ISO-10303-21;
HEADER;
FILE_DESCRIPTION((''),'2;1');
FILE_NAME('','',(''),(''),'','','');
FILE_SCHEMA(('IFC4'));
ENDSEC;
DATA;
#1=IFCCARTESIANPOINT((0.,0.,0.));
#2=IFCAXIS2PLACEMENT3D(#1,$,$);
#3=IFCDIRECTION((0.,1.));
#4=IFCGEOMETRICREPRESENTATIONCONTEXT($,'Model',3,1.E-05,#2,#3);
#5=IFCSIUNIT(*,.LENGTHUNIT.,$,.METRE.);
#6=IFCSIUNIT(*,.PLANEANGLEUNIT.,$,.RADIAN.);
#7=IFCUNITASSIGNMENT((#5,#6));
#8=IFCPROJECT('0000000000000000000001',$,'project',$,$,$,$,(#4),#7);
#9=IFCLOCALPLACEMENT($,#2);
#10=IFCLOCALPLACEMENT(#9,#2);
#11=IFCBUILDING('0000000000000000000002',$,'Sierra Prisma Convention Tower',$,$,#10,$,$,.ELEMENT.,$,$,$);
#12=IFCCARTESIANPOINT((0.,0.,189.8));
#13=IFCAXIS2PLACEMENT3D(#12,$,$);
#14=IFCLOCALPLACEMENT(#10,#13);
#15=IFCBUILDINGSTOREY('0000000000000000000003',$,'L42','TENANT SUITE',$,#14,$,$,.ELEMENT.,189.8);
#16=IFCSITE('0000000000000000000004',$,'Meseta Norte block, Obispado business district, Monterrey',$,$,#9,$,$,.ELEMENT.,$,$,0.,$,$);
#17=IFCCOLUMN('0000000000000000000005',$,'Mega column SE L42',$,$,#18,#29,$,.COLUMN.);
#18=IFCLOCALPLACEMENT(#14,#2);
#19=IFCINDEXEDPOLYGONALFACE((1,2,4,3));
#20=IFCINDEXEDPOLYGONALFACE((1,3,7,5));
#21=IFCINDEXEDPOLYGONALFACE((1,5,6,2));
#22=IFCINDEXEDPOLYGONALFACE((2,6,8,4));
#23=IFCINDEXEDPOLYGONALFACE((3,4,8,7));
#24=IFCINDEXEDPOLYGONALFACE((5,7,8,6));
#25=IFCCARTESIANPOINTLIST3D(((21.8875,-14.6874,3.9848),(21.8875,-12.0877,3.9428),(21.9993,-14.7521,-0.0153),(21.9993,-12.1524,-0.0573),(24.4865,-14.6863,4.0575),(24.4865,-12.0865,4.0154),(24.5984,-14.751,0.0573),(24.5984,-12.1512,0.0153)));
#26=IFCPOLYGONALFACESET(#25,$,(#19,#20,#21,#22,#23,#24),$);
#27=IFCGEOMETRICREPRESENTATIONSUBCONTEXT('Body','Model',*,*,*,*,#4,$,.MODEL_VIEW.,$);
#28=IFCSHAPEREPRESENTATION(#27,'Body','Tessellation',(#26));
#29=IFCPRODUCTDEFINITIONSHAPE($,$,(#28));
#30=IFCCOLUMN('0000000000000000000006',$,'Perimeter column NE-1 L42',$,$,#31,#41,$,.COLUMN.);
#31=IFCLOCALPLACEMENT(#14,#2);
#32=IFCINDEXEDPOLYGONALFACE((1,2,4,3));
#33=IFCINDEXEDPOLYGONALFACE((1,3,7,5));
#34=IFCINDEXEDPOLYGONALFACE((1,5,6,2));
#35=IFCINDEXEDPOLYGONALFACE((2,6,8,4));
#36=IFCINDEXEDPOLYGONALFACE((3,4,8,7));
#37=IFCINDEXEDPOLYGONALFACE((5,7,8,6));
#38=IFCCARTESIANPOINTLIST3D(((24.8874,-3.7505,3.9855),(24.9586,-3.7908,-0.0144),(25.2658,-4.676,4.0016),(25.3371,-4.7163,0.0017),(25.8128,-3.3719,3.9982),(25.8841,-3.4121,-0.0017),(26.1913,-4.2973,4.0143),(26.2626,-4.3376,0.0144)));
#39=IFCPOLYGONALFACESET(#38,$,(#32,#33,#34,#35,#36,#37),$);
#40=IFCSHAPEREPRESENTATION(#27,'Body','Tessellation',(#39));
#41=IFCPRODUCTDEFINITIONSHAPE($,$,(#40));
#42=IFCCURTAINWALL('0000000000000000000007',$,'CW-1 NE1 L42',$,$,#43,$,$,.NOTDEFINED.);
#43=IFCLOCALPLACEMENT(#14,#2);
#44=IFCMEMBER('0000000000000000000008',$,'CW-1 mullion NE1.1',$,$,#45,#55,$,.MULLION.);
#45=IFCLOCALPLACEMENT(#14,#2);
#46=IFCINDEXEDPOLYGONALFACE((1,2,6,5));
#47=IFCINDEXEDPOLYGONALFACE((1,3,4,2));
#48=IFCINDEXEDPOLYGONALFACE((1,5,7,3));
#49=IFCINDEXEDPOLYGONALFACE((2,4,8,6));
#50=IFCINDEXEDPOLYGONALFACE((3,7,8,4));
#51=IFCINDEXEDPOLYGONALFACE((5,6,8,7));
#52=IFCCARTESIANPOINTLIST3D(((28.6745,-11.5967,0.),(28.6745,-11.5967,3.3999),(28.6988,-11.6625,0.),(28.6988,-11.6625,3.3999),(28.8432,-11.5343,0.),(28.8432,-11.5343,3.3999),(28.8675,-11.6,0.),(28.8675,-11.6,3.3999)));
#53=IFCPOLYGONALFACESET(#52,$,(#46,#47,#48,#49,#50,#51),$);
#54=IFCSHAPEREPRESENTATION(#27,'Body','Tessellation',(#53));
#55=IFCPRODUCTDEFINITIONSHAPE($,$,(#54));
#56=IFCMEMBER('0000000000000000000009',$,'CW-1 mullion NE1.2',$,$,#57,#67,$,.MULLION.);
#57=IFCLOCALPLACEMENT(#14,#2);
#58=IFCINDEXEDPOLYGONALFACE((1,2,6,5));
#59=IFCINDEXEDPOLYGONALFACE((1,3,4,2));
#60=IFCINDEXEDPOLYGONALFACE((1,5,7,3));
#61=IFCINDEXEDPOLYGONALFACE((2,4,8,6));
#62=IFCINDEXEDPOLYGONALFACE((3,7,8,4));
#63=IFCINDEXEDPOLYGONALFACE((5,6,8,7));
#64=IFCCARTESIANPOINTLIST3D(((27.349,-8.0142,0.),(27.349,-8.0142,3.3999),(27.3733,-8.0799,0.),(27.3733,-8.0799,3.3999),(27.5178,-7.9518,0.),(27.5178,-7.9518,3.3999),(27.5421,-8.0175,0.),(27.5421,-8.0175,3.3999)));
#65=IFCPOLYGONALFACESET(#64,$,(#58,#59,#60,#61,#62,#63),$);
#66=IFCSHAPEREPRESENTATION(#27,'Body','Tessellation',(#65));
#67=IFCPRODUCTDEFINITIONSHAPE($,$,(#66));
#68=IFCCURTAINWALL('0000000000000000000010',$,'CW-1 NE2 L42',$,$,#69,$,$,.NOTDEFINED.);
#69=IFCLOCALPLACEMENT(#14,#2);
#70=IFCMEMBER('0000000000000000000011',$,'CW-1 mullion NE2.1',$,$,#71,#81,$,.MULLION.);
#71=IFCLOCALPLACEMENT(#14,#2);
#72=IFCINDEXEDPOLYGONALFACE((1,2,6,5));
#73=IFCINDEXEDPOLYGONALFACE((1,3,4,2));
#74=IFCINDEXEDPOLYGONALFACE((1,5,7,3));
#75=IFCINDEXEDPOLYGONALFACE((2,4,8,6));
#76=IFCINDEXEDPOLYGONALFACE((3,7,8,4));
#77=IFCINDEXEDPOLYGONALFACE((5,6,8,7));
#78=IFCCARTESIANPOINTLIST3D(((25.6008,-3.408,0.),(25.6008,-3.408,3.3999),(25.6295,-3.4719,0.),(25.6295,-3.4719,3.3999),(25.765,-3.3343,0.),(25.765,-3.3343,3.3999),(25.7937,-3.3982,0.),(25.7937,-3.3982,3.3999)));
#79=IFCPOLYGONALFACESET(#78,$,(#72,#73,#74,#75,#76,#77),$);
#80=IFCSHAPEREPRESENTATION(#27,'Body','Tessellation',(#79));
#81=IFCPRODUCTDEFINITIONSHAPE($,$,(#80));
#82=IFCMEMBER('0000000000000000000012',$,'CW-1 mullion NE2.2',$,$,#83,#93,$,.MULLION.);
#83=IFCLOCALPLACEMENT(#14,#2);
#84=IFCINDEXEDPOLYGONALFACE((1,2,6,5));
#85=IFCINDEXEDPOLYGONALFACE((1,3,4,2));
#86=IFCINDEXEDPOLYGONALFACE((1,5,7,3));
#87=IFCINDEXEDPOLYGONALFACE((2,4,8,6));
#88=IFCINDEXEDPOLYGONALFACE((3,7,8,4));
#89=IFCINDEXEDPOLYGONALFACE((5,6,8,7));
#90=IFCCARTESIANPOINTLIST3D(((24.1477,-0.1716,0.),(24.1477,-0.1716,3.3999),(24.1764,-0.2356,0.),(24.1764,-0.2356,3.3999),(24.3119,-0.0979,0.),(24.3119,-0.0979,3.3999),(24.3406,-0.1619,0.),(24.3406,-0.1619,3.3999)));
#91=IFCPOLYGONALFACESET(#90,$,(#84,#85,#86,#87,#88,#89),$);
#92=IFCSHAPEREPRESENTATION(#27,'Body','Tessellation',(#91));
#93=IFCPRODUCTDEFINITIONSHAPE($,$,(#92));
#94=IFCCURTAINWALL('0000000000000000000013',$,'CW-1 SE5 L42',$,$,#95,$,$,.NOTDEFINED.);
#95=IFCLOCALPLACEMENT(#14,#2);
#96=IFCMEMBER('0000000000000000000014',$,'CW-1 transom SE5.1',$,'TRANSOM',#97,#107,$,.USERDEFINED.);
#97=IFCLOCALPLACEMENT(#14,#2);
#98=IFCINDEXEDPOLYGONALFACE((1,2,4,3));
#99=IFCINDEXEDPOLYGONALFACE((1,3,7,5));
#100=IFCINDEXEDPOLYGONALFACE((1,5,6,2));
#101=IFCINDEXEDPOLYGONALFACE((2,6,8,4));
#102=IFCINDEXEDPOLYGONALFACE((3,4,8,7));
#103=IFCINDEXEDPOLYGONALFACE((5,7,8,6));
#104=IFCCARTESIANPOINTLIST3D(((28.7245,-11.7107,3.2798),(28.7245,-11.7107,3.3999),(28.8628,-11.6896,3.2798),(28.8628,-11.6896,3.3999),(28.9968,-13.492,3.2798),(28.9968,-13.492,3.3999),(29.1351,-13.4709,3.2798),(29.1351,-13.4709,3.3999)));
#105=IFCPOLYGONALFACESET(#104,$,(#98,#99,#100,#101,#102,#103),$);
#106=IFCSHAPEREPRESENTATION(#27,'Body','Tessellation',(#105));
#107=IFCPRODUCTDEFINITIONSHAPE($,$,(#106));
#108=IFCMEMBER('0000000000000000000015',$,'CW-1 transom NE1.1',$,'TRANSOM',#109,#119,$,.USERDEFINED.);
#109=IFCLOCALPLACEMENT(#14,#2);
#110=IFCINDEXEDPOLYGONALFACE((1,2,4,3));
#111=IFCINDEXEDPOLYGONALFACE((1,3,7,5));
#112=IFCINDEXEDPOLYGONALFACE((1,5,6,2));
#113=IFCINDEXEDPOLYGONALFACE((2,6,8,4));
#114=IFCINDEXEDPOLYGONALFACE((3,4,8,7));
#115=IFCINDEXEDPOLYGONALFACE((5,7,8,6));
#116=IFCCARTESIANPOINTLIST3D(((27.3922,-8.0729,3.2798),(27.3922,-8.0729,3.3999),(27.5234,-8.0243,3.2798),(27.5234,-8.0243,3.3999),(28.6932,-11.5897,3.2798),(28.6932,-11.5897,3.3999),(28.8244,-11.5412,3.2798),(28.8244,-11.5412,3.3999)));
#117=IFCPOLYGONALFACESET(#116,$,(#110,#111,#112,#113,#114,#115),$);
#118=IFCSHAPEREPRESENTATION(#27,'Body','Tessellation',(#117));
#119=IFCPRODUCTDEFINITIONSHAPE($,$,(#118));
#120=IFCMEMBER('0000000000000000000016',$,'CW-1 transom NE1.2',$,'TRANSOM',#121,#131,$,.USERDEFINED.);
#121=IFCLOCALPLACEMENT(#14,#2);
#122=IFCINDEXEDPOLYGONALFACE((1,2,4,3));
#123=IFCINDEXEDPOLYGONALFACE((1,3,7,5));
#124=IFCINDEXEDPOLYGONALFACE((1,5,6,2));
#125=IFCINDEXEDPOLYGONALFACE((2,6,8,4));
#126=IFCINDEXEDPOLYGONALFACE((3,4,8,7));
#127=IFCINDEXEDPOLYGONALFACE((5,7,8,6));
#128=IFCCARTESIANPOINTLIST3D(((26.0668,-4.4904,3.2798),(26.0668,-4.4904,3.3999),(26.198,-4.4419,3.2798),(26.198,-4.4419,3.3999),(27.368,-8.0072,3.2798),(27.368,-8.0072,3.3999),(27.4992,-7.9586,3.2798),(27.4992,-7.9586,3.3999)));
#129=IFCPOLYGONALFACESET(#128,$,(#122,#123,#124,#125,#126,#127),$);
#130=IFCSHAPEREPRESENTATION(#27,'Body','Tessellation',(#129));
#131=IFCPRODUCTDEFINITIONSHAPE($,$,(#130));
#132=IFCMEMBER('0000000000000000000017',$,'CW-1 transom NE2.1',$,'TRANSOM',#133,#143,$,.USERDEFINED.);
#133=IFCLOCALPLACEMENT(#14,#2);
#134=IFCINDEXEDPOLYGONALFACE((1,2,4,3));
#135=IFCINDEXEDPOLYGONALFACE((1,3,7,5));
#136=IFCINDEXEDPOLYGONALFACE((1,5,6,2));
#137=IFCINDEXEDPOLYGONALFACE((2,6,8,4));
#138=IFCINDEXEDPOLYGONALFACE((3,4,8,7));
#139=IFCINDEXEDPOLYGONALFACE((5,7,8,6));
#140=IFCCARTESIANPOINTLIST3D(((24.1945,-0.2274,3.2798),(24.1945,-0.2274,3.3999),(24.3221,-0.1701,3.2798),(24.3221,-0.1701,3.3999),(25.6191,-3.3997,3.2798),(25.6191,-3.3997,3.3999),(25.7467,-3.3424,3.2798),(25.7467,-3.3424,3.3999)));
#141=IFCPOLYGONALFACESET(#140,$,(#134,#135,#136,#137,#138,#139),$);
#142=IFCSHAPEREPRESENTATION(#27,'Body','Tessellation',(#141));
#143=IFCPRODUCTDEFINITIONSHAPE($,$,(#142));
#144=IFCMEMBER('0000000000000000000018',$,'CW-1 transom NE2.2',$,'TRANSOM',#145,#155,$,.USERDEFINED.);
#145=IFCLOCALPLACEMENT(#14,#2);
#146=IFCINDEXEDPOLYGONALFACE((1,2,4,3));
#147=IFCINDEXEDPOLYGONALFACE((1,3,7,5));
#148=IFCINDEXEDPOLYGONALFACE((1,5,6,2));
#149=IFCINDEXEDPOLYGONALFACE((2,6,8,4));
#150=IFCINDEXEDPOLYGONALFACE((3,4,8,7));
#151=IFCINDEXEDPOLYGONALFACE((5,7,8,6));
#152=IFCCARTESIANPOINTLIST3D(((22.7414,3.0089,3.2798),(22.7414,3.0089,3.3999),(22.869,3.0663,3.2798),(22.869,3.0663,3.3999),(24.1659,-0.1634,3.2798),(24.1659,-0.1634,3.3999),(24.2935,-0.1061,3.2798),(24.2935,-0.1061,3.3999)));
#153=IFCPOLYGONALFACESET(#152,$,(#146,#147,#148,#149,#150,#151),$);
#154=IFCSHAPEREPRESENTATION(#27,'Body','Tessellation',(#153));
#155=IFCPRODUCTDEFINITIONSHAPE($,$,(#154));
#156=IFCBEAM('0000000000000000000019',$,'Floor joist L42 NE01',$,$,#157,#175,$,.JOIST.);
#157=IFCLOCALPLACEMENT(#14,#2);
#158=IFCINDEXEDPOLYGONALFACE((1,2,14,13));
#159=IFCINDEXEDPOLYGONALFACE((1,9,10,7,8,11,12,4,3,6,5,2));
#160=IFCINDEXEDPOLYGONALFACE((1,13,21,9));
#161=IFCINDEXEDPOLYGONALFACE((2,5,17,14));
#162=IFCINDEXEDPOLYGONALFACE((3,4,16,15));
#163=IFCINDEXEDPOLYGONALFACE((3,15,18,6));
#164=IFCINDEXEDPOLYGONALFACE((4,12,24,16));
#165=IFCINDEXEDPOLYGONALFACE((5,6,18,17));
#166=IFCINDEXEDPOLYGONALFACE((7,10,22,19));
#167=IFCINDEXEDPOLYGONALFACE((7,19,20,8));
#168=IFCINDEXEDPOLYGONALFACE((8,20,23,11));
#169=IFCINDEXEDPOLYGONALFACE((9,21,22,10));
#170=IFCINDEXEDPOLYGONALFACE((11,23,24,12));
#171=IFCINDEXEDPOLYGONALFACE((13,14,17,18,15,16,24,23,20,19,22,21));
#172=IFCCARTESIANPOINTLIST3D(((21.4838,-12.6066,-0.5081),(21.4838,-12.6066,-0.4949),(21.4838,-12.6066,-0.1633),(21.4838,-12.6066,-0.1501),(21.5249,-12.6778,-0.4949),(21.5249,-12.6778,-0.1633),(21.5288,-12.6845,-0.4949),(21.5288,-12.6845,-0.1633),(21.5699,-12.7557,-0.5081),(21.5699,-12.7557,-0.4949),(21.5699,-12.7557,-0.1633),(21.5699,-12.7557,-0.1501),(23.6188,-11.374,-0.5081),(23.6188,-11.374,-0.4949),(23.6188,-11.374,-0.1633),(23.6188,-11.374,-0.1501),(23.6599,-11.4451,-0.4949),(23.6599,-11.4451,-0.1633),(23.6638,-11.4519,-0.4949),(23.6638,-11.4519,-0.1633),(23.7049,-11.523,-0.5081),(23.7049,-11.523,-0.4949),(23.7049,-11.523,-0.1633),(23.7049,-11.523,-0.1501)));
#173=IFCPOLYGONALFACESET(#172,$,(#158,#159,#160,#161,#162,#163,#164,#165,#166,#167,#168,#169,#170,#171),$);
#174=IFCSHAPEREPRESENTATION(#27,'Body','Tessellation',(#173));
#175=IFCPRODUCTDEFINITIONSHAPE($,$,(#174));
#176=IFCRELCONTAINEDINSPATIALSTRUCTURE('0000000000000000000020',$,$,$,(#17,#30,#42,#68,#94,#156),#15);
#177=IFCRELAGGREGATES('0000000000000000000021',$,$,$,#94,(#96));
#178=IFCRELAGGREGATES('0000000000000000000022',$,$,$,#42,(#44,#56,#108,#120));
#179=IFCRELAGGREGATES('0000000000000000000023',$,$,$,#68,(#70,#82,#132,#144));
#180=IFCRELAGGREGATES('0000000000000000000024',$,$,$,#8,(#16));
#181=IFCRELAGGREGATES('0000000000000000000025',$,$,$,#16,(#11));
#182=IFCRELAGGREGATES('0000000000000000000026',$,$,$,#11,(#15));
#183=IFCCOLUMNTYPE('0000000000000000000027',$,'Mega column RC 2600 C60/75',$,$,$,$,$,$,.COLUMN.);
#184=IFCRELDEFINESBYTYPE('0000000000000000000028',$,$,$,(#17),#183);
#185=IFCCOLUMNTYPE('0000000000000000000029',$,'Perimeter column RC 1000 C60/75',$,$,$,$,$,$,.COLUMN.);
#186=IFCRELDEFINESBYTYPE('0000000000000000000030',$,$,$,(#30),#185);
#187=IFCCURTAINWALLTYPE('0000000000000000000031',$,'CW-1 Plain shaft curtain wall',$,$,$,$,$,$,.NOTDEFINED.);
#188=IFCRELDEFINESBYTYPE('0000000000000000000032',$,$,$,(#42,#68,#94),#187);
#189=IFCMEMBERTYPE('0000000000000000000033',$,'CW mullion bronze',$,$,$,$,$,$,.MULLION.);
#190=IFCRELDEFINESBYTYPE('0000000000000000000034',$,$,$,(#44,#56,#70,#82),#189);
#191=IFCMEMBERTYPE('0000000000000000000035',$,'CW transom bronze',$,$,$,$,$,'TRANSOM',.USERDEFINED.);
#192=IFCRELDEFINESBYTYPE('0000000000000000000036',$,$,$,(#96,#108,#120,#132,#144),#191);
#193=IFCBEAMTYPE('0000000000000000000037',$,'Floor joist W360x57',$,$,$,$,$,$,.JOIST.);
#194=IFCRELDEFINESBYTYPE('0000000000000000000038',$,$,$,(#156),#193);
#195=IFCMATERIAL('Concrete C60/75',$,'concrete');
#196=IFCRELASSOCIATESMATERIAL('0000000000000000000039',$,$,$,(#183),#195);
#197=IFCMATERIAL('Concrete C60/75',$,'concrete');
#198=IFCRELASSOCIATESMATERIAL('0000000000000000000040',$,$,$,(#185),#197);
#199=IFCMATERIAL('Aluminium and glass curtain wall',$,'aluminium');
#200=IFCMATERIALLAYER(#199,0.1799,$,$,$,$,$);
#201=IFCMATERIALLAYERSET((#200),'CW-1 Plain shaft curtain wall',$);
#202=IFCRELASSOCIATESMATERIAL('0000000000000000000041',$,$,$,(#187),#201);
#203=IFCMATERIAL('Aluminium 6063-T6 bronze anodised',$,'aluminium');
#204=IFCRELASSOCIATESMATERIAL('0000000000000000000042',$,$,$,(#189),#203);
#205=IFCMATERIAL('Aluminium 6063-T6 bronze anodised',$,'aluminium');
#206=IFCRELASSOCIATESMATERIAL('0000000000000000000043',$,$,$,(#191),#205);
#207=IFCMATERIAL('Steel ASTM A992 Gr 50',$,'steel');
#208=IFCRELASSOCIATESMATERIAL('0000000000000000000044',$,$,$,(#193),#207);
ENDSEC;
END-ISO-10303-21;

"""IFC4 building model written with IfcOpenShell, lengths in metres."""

from ifc_helpers import new_model, si_unit, direction, frame, origin, origin_2d, place, context, subcontext, project, spatial, rectangle, i_section, extrude, material, layer, layer_set, material_profile, profile_set, type_object, element, aggregate, save


model = new_model("IFC4")

# Units and contexts
model_context = context("Model", 3, precision=1e-05, world=origin(), true_north=direction((0.0, 1.0)))
body_context = subcontext(model_context, "Body", "Model", "MODEL_VIEW")
ifc_project = project(units=[si_unit("LENGTHUNIT", "METRE"), si_unit("PLANEANGLEUNIT", "RADIAN")], contexts=[model_context])

# Site, building, storey
site_placement = place(None, origin())
site = spatial("IfcSite", under=ifc_project, at=site_placement, Name="Meseta Norte block, Obispado business district, Monterrey", CompositionType="ELEMENT", RefElevation=0.0)
building_placement = place(site_placement, origin())
building = spatial("IfcBuilding", under=site, at=building_placement, Name="Sierra Prisma Convention Tower", CompositionType="ELEMENT")
storey_placement = place(building_placement, frame((0.0, 0.0, 189.8)))
storey = spatial("IfcBuildingStorey", under=building, at=storey_placement, Name="L42", Description="TENANT SUITE", CompositionType="ELEMENT", Elevation=189.8)

# Columns
ifc_material_1 = material(Name="Concrete C60/75", Category="concrete")
ifc_material_profile_1 = material_profile(ifc_material_1, rectangle(XDim=2.6001, YDim=2.6001, at=origin_2d()), Name="Mega column RC 2600 C60/75")
ifc_profile_set_1 = profile_set([ifc_material_profile_1], Name="Concrete C60/75")
column_type_1 = type_object("IfcColumnType", Name="Mega column RC 2600 C60/75", PredefinedType="COLUMN", material=ifc_profile_set_1)
column_1_placement = place(storey_placement, frame((23.2988, -13.4517, 0.0), z_axis=(-0.02794, 0.016166, 0.999479), x_axis=(0.99961, 0.000452, 0.027936)))
element("IfcColumn", 1, at=column_1_placement, inside=storey, type_object=column_type_1, Name="Mega column SE L42", PredefinedType="COLUMN", context=body_context, shape_type="SweptSolid", body=[
    extrude(rectangle(XDim=2.6001, YDim=2.6001, at=origin_2d()), origin(), (0.0, 0.0, 1.0), 4.0022),
])
ifc_material_2 = material(Name="Concrete C60/75", Category="concrete")
ifc_material_profile_2 = material_profile(ifc_material_2, rectangle(XDim=1.0, YDim=1.0, at=origin_2d()), Name="Perimeter column RC 1000 C60/75")
ifc_profile_set_2 = profile_set([ifc_material_profile_2], Name="Concrete C60/75")
column_type_2 = type_object("IfcColumnType", Name="Perimeter column RC 1000 C60/75", PredefinedType="COLUMN", material=ifc_profile_set_2)
column_2_placement = place(storey_placement, frame((25.6106, -4.0642, 0.0), z_axis=(-0.017819, 0.010069, 0.999791), x_axis=(-0.378466, 0.925476, -0.016065)))
element("IfcColumn", 2, at=column_2_placement, inside=storey, type_object=column_type_2, Name="Perimeter column NE-1 L42", PredefinedType="COLUMN", context=body_context, shape_type="SweptSolid", body=[
    extrude(rectangle(XDim=1.0, YDim=1.0, at=origin_2d()), origin(), (0.0, 0.0, 1.0), 4.0007),
])

# Curtain walls, members
ifc_material_3 = material(Name="Aluminium and glass curtain wall", Category="aluminium")
ifc_layer_1 = layer(ifc_material_3, 0.1799)
ifc_layer_set_1 = layer_set([ifc_layer_1], Name="CW-1 Plain shaft curtain wall")
curtain_wall_type = type_object("IfcCurtainWallType", Name="CW-1 Plain shaft curtain wall", PredefinedType="NOTDEFINED", material=ifc_layer_set_1)
curtain_wall_1_placement = place(storey_placement, origin())
curtain_wall_1 = element("IfcCurtainWall", 3, at=curtain_wall_1_placement, inside=storey, type_object=curtain_wall_type, Name="CW-1 NE1 L42", PredefinedType="NOTDEFINED")
ifc_material_4 = material(Name="Aluminium 6063-T6 bronze anodised", Category="aluminium")
ifc_material_profile_3 = material_profile(ifc_material_4, rectangle(XDim=0.1799, YDim=0.0701, at=origin_2d()), Name="ALU MULLION 70x180")
ifc_profile_set_3 = profile_set([ifc_material_profile_3], Name="Aluminium 6063-T6 bronze anodised")
member_type_1 = type_object("IfcMemberType", Name="CW mullion bronze", PredefinedType="MULLION", material=ifc_profile_set_3)
member_1_placement = place(storey_placement, frame((28.771, -11.5984, 0.0), z_axis=(0.0, 0.0, 1.0), x_axis=(-0.937871, -0.346984, 0.0)))
member_1 = element("IfcMember", 4, at=member_1_placement, type_object=member_type_1, Name="CW-1 mullion NE1.1", PredefinedType="MULLION", context=body_context, shape_type="SweptSolid", body=[
    extrude(rectangle(XDim=0.1799, YDim=0.0701, at=origin_2d()), origin(), (0.0, 0.0, 1.0), 3.3999),
])
member_2_placement = place(storey_placement, frame((27.4456, -8.0159, 0.0), z_axis=(0.0, 0.0, 1.0), x_axis=(-0.937871, -0.346984, 0.0)))
member_2 = element("IfcMember", 5, at=member_2_placement, type_object=member_type_1, Name="CW-1 mullion NE1.2", PredefinedType="MULLION", context=body_context, shape_type="SweptSolid", body=[
    extrude(rectangle(XDim=0.1799, YDim=0.0701, at=origin_2d()), origin(), (0.0, 0.0, 1.0), 3.3999),
])
curtain_wall_2_placement = place(storey_placement, origin())
curtain_wall_2 = element("IfcCurtainWall", 6, at=curtain_wall_2_placement, inside=storey, type_object=curtain_wall_type, Name="CW-1 NE2 L42", PredefinedType="NOTDEFINED")
member_3_placement = place(storey_placement, frame((25.6973, -3.4031, 0.0), z_axis=(0.0, 0.0, 1.0), x_axis=(-0.91225, -0.409633, 0.0)))
member_3 = element("IfcMember", 7, at=member_3_placement, type_object=member_type_1, Name="CW-1 mullion NE2.1", PredefinedType="MULLION", context=body_context, shape_type="SweptSolid", body=[
    extrude(rectangle(XDim=0.1799, YDim=0.0701, at=origin_2d()), origin(), (0.0, 0.0, 1.0), 3.3999),
])
member_4_placement = place(storey_placement, frame((24.2441, -0.1667, 0.0), z_axis=(0.0, 0.0, 1.0), x_axis=(-0.91225, -0.409633, 0.0)))
member_4 = element("IfcMember", 8, at=member_4_placement, type_object=member_type_1, Name="CW-1 mullion NE2.2", PredefinedType="MULLION", context=body_context, shape_type="SweptSolid", body=[
    extrude(rectangle(XDim=0.1799, YDim=0.0701, at=origin_2d()), origin(), (0.0, 0.0, 1.0), 3.3999),
])

# Curtain wall, member
curtain_wall_3_placement = place(storey_placement, origin())
curtain_wall_3 = element("IfcCurtainWall", 9, at=curtain_wall_3_placement, inside=storey, type_object=curtain_wall_type, Name="CW-1 SE5 L42", PredefinedType="NOTDEFINED")
ifc_material_5 = material(Name="Aluminium 6063-T6 bronze anodised", Category="aluminium")
ifc_material_profile_4 = material_profile(ifc_material_5, rectangle(XDim=0.1399, YDim=0.1201, at=origin_2d()), Name="ALU TRANSOM 120x140")
ifc_profile_set_4 = profile_set([ifc_material_profile_4], Name="Aluminium 6063-T6 bronze anodised")
member_type_2 = type_object("IfcMemberType", Name="CW transom bronze", ElementType="TRANSOM", PredefinedType="USERDEFINED", material=ifc_profile_set_4)
member_5_placement = place(storey_placement, frame((29.0659, -13.4814, 3.3398), z_axis=(-0.15107, 0.988523, 0.0), x_axis=(-0.988523, -0.15107, 0.0)))
member_5 = element("IfcMember", 10, at=member_5_placement, type_object=member_type_2, Name="CW-1 transom SE5.1", ObjectType="TRANSOM", PredefinedType="USERDEFINED", context=body_context, shape_type="SweptSolid", body=[
    extrude(rectangle(XDim=0.1399, YDim=0.1201, at=origin_2d()), origin(), (0.0, 0.0, 1.0), 1.802),
])

# Members
member_6_placement = place(storey_placement, frame((28.7588, -11.5654, 3.3398), z_axis=(-0.34696, 0.93788, 0.0), x_axis=(-0.93788, -0.34696, 0.0)))
member_6 = element("IfcMember", 11, at=member_6_placement, type_object=member_type_2, Name="CW-1 transom NE1.1", ObjectType="TRANSOM", PredefinedType="USERDEFINED", context=body_context, shape_type="SweptSolid", body=[
    extrude(rectangle(XDim=0.1399, YDim=0.1201, at=origin_2d()), origin(), (0.0, 0.0, 1.0), 3.7498),
])
member_7_placement = place(storey_placement, frame((27.4336, -7.9829, 3.3398), z_axis=(-0.347017, 0.937859, 0.0), x_axis=(-0.937859, -0.347017, 0.0)))
member_7 = element("IfcMember", 12, at=member_7_placement, type_object=member_type_2, Name="CW-1 transom NE1.2", ObjectType="TRANSOM", PredefinedType="USERDEFINED", context=body_context, shape_type="SweptSolid", body=[
    extrude(rectangle(XDim=0.1399, YDim=0.1201, at=origin_2d()), origin(), (0.0, 0.0, 1.0), 3.7498),
])
member_8_placement = place(storey_placement, frame((25.6829, -3.3711, 3.3398), z_axis=(-0.409646, 0.912244, 0.0), x_axis=(-0.912244, -0.409646, 0.0)))
member_8 = element("IfcMember", 13, at=member_8_placement, type_object=member_type_2, Name="CW-1 transom NE2.1", ObjectType="TRANSOM", PredefinedType="USERDEFINED", context=body_context, shape_type="SweptSolid", body=[
    extrude(rectangle(XDim=0.1399, YDim=0.1201, at=origin_2d()), origin(), (0.0, 0.0, 1.0), 3.4775),
])
member_9_placement = place(storey_placement, frame((24.2297, -0.1348, 3.3398), z_axis=(-0.409646, 0.912244, 0.0), x_axis=(-0.912244, -0.409646, 0.0)))
member_9 = element("IfcMember", 14, at=member_9_placement, type_object=member_type_2, Name="CW-1 transom NE2.2", ObjectType="TRANSOM", PredefinedType="USERDEFINED", context=body_context, shape_type="SweptSolid", body=[
    extrude(rectangle(XDim=0.1399, YDim=0.1201, at=origin_2d()), origin(), (0.0, 0.0, 1.0), 3.4775),
])

# Beam
ifc_material_6 = material(Name="Steel ASTM A992 Gr 50", Category="steel")
ifc_material_profile_5 = material_profile(ifc_material_6, i_section(OverallWidth=0.1721, OverallDepth=0.3579, WebThickness=0.0078, FlangeThickness=0.0132, at=origin_2d()), Name="W360x57")
ifc_profile_set_5 = profile_set([ifc_material_profile_5], Name="Steel ASTM A992 Gr 50")
beam_type_1 = type_object("IfcBeamType", Name="Floor joist W360x57", PredefinedType="JOIST", material=ifc_profile_set_5)
beam_1_placement = place(storey_placement, frame((23.6619, -11.4485, -0.3291), z_axis=(-0.866022, -0.500005, 0.0), x_axis=(0.500005, -0.866022, 0.0)))
element("IfcBeam", 15, at=beam_1_placement, inside=storey, type_object=beam_type_1, Name="Floor joist L42 NE01", PredefinedType="JOIST", context=body_context, shape_type="SweptSolid", body=[
    extrude(i_section(OverallWidth=0.1721, OverallDepth=0.3579, WebThickness=0.0078, FlangeThickness=0.0132, at=origin_2d()), origin(), (0.0, 0.0, 1.0), 2.4653),
])

aggregate(curtain_wall_3, [member_5])
aggregate(curtain_wall_1, [member_1, member_2, member_6, member_7])
aggregate(curtain_wall_2, [member_3, member_4, member_8, member_9])

save(model, "model.ifc")
